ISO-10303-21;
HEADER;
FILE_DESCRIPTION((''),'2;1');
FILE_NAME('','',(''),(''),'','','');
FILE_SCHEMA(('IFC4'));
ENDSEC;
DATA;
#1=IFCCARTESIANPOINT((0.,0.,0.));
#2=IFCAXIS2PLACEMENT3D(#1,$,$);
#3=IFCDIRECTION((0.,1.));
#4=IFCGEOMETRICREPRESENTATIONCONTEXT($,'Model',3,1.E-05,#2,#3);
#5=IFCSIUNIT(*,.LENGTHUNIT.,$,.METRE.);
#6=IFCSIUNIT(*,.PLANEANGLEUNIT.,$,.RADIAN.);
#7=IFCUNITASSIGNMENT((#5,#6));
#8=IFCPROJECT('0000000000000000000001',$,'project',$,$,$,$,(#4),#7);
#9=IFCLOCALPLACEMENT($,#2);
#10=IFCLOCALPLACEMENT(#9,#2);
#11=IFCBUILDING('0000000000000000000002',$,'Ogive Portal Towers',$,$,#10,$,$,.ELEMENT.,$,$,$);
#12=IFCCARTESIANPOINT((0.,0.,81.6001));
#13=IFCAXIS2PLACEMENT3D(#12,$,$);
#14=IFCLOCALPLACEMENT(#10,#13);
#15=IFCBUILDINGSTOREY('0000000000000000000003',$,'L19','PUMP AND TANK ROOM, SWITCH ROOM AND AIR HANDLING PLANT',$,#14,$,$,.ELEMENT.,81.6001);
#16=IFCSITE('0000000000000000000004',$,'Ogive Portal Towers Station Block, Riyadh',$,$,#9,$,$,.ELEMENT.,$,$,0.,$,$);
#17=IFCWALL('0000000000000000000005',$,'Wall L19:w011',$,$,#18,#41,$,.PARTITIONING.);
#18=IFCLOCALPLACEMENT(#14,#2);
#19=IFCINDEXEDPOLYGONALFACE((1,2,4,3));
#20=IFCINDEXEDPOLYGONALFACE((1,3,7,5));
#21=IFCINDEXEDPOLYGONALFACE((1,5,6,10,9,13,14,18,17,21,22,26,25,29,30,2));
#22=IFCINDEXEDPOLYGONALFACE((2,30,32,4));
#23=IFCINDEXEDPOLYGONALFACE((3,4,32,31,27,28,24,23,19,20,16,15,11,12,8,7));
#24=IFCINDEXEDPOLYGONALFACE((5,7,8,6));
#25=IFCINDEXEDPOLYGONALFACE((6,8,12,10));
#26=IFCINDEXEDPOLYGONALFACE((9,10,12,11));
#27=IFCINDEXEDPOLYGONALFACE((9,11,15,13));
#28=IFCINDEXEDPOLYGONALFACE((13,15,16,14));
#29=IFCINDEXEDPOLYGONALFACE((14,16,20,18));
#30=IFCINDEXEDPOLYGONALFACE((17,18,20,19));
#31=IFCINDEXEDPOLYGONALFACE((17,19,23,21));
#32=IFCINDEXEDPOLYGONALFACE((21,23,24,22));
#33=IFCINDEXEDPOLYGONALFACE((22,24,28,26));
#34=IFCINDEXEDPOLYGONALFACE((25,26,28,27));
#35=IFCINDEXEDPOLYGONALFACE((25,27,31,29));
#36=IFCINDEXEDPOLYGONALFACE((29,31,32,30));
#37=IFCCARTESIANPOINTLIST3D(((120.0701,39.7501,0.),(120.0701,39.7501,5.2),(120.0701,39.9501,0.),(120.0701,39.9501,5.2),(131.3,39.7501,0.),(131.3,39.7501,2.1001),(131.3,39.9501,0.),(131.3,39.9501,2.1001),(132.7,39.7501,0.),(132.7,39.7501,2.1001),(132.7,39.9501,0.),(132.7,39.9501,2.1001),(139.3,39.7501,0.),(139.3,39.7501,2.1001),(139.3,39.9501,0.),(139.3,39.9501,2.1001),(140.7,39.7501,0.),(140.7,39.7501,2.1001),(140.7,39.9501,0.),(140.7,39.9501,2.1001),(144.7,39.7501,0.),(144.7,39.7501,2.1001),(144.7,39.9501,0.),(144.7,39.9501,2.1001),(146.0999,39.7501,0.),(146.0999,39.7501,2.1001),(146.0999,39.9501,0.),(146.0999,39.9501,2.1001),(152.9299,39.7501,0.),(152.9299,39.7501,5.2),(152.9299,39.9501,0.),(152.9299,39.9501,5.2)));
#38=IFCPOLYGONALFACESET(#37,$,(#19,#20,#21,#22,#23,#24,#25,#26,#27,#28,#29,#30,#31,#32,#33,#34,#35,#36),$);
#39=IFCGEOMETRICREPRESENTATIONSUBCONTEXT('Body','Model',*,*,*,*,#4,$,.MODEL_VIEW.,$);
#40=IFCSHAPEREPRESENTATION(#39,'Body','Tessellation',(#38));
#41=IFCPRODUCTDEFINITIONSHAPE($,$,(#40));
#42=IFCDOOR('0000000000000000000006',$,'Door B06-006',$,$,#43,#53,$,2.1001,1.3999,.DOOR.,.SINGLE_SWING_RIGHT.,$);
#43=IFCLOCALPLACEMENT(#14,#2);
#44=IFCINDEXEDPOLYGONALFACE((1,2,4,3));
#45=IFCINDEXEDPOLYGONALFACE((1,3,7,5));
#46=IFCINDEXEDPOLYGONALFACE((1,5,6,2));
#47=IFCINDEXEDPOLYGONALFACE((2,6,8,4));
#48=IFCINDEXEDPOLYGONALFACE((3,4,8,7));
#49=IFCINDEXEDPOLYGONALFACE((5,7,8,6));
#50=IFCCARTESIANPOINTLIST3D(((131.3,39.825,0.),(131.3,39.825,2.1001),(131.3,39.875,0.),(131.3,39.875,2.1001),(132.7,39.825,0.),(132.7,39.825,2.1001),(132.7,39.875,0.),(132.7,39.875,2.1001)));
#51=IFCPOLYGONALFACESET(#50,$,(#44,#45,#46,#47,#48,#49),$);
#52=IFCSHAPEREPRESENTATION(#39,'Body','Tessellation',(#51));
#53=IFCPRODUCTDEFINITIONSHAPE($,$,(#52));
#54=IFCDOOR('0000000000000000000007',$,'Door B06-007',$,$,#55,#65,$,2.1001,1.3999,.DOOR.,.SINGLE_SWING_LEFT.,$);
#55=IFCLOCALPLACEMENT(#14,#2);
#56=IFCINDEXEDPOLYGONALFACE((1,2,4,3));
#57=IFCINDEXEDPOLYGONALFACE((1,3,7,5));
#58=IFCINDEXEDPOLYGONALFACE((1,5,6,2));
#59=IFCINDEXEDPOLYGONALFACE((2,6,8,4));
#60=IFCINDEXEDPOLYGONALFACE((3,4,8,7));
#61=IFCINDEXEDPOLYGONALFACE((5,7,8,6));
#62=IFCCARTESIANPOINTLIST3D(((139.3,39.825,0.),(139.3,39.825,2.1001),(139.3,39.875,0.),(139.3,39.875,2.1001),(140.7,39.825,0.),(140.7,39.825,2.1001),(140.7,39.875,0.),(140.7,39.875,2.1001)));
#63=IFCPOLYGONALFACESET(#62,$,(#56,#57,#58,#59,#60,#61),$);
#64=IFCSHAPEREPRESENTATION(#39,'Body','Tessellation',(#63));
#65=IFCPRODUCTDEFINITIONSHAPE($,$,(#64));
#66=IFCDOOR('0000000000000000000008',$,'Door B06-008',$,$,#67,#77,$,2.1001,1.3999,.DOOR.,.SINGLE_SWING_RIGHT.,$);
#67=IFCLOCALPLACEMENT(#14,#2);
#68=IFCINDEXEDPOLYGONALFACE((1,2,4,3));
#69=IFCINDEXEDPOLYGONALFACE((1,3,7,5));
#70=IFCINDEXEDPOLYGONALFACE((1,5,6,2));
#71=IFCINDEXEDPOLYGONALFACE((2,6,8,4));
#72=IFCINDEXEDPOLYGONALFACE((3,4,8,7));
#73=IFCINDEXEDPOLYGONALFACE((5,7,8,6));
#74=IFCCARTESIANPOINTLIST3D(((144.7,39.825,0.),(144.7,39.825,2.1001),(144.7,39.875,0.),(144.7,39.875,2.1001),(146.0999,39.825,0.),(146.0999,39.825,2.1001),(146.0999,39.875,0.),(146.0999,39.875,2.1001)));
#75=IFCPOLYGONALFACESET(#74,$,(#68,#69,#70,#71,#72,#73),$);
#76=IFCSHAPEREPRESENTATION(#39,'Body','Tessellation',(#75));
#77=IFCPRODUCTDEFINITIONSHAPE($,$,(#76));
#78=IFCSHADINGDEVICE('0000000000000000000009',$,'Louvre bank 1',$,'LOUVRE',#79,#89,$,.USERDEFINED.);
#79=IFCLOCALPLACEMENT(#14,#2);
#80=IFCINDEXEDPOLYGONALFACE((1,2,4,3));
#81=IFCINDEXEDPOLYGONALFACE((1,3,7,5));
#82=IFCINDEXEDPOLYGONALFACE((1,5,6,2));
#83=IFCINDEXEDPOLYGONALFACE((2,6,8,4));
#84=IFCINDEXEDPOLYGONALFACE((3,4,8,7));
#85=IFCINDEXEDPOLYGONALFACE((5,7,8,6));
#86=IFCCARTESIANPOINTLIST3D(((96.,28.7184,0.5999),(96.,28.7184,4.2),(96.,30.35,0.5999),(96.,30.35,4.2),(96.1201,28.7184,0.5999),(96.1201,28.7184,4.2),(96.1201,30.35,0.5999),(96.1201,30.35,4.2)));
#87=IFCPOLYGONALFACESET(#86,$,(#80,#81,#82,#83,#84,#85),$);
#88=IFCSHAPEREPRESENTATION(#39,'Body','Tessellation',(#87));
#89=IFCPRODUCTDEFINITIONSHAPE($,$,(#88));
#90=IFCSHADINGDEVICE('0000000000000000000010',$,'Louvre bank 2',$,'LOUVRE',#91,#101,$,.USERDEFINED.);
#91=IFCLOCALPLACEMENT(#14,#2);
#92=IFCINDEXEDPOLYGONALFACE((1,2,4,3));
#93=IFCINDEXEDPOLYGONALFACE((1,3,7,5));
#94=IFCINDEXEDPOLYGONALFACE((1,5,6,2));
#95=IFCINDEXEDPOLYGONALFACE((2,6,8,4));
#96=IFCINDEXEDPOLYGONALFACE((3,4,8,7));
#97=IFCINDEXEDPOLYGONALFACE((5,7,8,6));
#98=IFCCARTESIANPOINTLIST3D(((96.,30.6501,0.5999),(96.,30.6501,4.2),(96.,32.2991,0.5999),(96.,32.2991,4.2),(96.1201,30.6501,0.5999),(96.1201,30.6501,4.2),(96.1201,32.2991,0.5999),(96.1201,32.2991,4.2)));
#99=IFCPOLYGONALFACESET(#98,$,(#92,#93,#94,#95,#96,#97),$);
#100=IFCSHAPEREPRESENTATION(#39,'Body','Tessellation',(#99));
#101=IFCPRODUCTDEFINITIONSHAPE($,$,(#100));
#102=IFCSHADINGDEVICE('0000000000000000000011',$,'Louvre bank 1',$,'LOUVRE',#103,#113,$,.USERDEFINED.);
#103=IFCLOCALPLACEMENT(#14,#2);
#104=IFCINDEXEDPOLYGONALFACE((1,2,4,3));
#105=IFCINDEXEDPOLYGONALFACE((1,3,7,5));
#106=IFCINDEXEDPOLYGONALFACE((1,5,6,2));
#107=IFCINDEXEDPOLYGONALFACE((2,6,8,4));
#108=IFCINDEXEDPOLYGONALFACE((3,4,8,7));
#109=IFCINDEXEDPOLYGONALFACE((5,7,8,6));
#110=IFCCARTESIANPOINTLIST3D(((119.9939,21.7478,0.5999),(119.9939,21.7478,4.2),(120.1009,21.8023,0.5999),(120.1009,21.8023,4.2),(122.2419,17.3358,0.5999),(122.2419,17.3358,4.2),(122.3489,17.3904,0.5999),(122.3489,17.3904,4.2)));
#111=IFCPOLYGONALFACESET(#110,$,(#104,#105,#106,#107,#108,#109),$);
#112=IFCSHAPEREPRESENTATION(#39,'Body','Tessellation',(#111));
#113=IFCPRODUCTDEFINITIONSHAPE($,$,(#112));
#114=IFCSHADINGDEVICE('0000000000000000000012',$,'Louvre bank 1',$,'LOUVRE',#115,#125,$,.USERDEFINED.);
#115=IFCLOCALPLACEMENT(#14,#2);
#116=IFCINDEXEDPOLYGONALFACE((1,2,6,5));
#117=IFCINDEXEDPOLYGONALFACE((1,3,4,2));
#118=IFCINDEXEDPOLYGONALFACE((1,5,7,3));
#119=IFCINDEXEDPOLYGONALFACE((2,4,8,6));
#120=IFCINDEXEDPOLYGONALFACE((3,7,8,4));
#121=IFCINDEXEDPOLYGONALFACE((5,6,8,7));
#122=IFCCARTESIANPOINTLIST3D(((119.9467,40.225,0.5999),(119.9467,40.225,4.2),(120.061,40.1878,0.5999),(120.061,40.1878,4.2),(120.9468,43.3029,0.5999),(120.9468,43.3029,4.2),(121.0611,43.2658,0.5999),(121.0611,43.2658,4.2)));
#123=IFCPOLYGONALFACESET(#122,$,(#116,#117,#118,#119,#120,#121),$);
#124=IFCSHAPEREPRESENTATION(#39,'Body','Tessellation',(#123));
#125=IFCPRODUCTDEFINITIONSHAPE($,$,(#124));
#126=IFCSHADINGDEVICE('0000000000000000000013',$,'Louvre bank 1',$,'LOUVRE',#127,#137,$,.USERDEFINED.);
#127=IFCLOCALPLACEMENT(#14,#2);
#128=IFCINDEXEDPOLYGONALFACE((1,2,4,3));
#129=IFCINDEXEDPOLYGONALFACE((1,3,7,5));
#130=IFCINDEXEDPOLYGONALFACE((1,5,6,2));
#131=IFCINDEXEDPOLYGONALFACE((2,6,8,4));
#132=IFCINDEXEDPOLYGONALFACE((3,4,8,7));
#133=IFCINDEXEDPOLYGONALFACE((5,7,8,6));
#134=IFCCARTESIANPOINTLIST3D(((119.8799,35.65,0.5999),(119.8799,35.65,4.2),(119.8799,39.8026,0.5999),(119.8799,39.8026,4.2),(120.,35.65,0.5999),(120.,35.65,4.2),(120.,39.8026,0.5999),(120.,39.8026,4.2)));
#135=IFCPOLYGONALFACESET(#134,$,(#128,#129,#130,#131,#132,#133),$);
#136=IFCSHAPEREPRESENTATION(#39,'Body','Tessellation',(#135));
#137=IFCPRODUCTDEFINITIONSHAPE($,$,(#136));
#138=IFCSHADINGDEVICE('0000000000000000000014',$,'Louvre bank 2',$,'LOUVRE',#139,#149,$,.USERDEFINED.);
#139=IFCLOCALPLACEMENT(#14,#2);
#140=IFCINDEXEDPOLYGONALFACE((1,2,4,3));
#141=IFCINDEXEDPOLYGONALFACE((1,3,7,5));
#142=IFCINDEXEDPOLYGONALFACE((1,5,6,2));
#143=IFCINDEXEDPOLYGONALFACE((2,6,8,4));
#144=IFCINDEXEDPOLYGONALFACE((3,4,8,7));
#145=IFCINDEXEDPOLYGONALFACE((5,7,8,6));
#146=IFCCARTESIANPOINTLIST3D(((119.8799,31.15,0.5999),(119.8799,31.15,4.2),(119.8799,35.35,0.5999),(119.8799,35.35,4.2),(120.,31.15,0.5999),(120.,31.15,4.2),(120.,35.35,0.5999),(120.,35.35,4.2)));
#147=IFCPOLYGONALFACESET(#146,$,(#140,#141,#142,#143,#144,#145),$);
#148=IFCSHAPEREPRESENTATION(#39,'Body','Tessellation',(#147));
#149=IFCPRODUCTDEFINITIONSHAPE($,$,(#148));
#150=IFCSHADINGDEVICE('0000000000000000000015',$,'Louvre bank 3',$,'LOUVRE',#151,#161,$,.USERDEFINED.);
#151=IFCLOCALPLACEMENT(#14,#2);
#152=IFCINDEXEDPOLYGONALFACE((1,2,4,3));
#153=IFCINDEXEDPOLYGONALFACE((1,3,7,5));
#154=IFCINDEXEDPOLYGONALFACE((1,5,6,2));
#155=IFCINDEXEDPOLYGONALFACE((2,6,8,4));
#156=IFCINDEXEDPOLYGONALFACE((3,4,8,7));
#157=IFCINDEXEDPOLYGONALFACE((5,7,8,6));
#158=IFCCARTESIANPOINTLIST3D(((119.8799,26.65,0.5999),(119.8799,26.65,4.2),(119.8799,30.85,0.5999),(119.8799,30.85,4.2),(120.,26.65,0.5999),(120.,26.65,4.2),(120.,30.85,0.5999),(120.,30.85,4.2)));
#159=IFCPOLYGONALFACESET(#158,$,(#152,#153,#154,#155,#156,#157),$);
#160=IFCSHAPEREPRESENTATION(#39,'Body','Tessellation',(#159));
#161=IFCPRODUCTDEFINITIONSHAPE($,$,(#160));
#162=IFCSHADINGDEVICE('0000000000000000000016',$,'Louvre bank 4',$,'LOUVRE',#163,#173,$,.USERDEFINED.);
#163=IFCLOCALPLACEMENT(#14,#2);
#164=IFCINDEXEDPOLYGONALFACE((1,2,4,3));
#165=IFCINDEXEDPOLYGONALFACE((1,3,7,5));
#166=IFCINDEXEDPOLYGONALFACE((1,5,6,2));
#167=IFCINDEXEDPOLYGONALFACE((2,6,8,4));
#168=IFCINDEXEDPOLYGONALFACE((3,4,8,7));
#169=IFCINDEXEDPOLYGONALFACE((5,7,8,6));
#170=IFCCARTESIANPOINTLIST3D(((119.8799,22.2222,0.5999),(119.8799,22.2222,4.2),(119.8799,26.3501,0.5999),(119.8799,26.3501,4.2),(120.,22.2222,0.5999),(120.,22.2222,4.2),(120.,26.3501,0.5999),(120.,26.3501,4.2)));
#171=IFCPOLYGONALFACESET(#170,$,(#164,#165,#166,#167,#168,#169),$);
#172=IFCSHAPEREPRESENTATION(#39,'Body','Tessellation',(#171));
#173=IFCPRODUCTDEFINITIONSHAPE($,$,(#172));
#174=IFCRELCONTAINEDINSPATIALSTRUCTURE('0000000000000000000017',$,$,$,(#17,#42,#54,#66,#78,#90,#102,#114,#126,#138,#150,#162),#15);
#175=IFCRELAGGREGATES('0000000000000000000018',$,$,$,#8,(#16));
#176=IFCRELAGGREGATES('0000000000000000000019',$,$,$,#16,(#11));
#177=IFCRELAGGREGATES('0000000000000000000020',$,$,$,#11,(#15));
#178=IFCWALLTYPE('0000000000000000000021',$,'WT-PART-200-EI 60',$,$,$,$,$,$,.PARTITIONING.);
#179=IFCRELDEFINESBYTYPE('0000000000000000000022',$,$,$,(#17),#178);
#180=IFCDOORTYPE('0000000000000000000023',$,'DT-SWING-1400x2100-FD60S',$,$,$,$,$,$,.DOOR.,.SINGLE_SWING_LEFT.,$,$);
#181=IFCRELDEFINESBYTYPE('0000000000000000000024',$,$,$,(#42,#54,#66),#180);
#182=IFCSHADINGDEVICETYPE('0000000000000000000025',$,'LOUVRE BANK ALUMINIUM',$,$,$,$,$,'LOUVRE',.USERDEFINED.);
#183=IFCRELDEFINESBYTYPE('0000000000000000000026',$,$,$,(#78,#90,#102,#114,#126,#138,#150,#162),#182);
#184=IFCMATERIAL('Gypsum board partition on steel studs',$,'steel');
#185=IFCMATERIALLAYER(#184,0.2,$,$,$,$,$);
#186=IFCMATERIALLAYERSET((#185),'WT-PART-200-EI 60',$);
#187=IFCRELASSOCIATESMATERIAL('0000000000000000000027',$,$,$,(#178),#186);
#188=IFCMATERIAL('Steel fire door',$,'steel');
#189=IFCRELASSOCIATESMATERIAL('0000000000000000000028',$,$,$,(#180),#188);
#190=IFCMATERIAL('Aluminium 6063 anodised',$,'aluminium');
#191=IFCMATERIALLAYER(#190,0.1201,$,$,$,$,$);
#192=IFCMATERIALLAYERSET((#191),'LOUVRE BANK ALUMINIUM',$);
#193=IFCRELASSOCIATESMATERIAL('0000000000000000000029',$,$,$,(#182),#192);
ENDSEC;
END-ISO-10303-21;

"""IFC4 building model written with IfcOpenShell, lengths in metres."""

from ifc_helpers import new_model, si_unit, direction, frame, frame_2d, origin, origin_2d, place, context, subcontext, project, spatial, rectangle, extrude, material, layer, layer_set, type_object, element, fill, save


model = new_model("IFC4")

# Units and contexts
model_context = context("Model", 3, precision=1e-05, world=origin(), true_north=direction((0.0, 1.0)))
body_context = subcontext(model_context, "Body", "Model", "MODEL_VIEW")
ifc_project = project(units=[si_unit("LENGTHUNIT", "METRE"), si_unit("PLANEANGLEUNIT", "RADIAN")], contexts=[model_context])

# Site, building, storey
site_placement = place(None, origin())
site = spatial("IfcSite", under=ifc_project, at=site_placement, Name="Ogive Portal Towers Station Block, Riyadh", CompositionType="ELEMENT", RefElevation=0.0)
building_placement = place(site_placement, origin())
building = spatial("IfcBuilding", under=site, at=building_placement, Name="Ogive Portal Towers", CompositionType="ELEMENT")
storey_placement = place(building_placement, frame((0.0, 0.0, 81.6001)))
storey = spatial("IfcBuildingStorey", under=building, at=storey_placement, Name="L19", Description="PUMP AND TANK ROOM, SWITCH ROOM AND AIR HANDLING PLANT", CompositionType="ELEMENT", Elevation=81.6001)

# Wall, openings, doors
ifc_material_1 = material(Name="Steel fire door", Category="steel")
ifc_material_2 = material(Name="Gypsum board partition on steel studs", Category="steel")
ifc_layer_1 = layer(ifc_material_2, 0.2)
ifc_layer_set_1 = layer_set([ifc_layer_1], Name="WT-PART-200-EI 60")
wall_type_1 = type_object("IfcWallType", Name="WT-PART-200-EI 60", PredefinedType="PARTITIONING", material=ifc_layer_set_1)
wall_1_placement = place(storey_placement, frame((120.0701, 39.8501, 0.0), z_axis=(0.0, 0.0, 1.0), x_axis=(1.0, 0.0, 0.0)))
wall_1 = element("IfcWall", 1, at=wall_1_placement, inside=storey, type_object=wall_type_1, Name="Wall L19:w011", PredefinedType="PARTITIONING", context=body_context, shape_type="SweptSolid", body=[
    extrude(rectangle(XDim=32.8599, YDim=0.2, at=frame_2d((16.4299, 0.0))), origin(), (0.0, 0.0, 1.0), 5.2),
])
opening_1_placement = place(wall_1_placement, frame((11.23, 0.0, 0.0)))
opening_1 = element("IfcOpeningElement", 2, at=opening_1_placement, cuts=wall_1, PredefinedType="OPENING", context=body_context, shape_type="SweptSolid", body=[
    extrude(rectangle(XDim=1.3999, YDim=2.1001, at=frame_2d((0.7, 1.05))), frame((0.0, 0.1099, 0.0), z_axis=(0.0, -1.0, 0.0), x_axis=(1.0, 0.0, 0.0)), (0.0, 0.0, 1.0), 0.22),
])
opening_2_placement = place(wall_1_placement, frame((19.23, 0.0, 0.0)))
opening_2 = element("IfcOpeningElement", 3, at=opening_2_placement, cuts=wall_1, PredefinedType="OPENING", context=body_context, shape_type="SweptSolid", body=[
    extrude(rectangle(XDim=1.3999, YDim=2.1001, at=frame_2d((0.7, 1.05))), frame((0.0, 0.1099, 0.0), z_axis=(0.0, -1.0, 0.0), x_axis=(1.0, 0.0, 0.0)), (0.0, 0.0, 1.0), 0.22),
])
opening_3_placement = place(wall_1_placement, frame((24.6299, 0.0, 0.0)))
opening_3 = element("IfcOpeningElement", 4, at=opening_3_placement, cuts=wall_1, PredefinedType="OPENING", context=body_context, shape_type="SweptSolid", body=[
    extrude(rectangle(XDim=1.3999, YDim=2.1001, at=frame_2d((0.7, 1.05))), frame((0.0, 0.1099, 0.0), z_axis=(0.0, -1.0, 0.0), x_axis=(1.0, 0.0, 0.0)), (0.0, 0.0, 1.0), 0.22),
])
door_type_1 = type_object("IfcDoorType", Name="DT-SWING-1400x2100-FD60S", OperationType="SINGLE_SWING_LEFT", PredefinedType="DOOR", material=ifc_material_1)
door_1_placement = place(opening_1_placement, origin())
door_1 = element("IfcDoor", 5, at=door_1_placement, inside=storey, type_object=door_type_1, Name="Door B06-006", OperationType="SINGLE_SWING_RIGHT", OverallHeight=2.1001, OverallWidth=1.3999, PredefinedType="DOOR", context=body_context, shape_type="SweptSolid", body=[
    extrude(rectangle(XDim=1.3999, YDim=2.1001, at=frame_2d((0.7, 1.05))), frame((0.0, 0.0249, 0.0), z_axis=(0.0, -1.0, 0.0), x_axis=(1.0, 0.0, 0.0)), (0.0, 0.0, 1.0), 0.05),
])
fill(opening_1, door_1)
door_2_placement = place(opening_2_placement, origin())
door_2 = element("IfcDoor", 6, at=door_2_placement, inside=storey, type_object=door_type_1, Name="Door B06-007", OperationType="SINGLE_SWING_LEFT", OverallHeight=2.1001, OverallWidth=1.3999, PredefinedType="DOOR", context=body_context, shape_type="SweptSolid", body=[
    extrude(rectangle(XDim=1.3999, YDim=2.1001, at=frame_2d((0.7, 1.05))), frame((0.0, 0.0249, 0.0), z_axis=(0.0, -1.0, 0.0), x_axis=(1.0, 0.0, 0.0)), (0.0, 0.0, 1.0), 0.05),
])
fill(opening_2, door_2)
door_3_placement = place(opening_3_placement, origin())
door_3 = element("IfcDoor", 7, at=door_3_placement, inside=storey, type_object=door_type_1, Name="Door B06-008", OperationType="SINGLE_SWING_RIGHT", OverallHeight=2.1001, OverallWidth=1.3999, PredefinedType="DOOR", context=body_context, shape_type="SweptSolid", body=[
    extrude(rectangle(XDim=1.3999, YDim=2.1001, at=frame_2d((0.7, 1.05))), frame((0.0, 0.0249, 0.0), z_axis=(0.0, -1.0, 0.0), x_axis=(1.0, 0.0, 0.0)), (0.0, 0.0, 1.0), 0.05),
])
fill(opening_3, door_3)

# Shading devices
ifc_material_3 = material(Name="Aluminium 6063 anodised", Category="aluminium")
ifc_layer_2 = layer(ifc_material_3, 0.1201)
ifc_layer_set_2 = layer_set([ifc_layer_2], Name="LOUVRE BANK ALUMINIUM")
shading_device_type = type_object("IfcShadingDeviceType", Name="LOUVRE BANK ALUMINIUM", ElementType="LOUVRE", PredefinedType="USERDEFINED", material=ifc_layer_set_2)
shading_device_1_placement = place(storey_placement, frame((96.0601, 29.5342, 0.5999), z_axis=(0.0, 0.0, 1.0), x_axis=(0.0, 1.0, 0.0)))
element("IfcShadingDevice", 8, at=shading_device_1_placement, inside=storey, type_object=shading_device_type, Name="Louvre bank 1", ObjectType="LOUVRE", PredefinedType="USERDEFINED", context=body_context, shape_type="SweptSolid", body=[
    extrude(rectangle(XDim=1.6316, YDim=0.1201, at=origin_2d()), origin(), (0.0, 0.0, 1.0), 3.6001),
])
shading_device_2_placement = place(storey_placement, frame((96.0601, 31.4746, 0.5999), z_axis=(0.0, 0.0, 1.0), x_axis=(0.0, 1.0, 0.0)))
element("IfcShadingDevice", 9, at=shading_device_2_placement, inside=storey, type_object=shading_device_type, Name="Louvre bank 2", ObjectType="LOUVRE", PredefinedType="USERDEFINED", context=body_context, shape_type="SweptSolid", body=[
    extrude(rectangle(XDim=1.6489, YDim=0.1201, at=origin_2d()), origin(), (0.0, 0.0, 1.0), 3.6001),
])
shading_device_3_placement = place(storey_placement, frame((121.1714, 19.5691, 0.5999), z_axis=(0.0, 0.0, 1.0), x_axis=(0.45399, -0.891007, 0.0)))
element("IfcShadingDevice", 10, at=shading_device_3_placement, inside=storey, type_object=shading_device_type, Name="Louvre bank 1", ObjectType="LOUVRE", PredefinedType="USERDEFINED", context=body_context, shape_type="SweptSolid", body=[
    extrude(rectangle(XDim=4.9517, YDim=0.1201, at=origin_2d()), origin(), (0.0, 0.0, 1.0), 3.6001),
])
shading_device_4_placement = place(storey_placement, frame((120.5039, 41.7454, 0.5999), z_axis=(0.0, 0.0, 1.0), x_axis=(-0.309017, -0.951057, 0.0)))
element("IfcShadingDevice", 11, at=shading_device_4_placement, inside=storey, type_object=shading_device_type, Name="Louvre bank 1", ObjectType="LOUVRE", PredefinedType="USERDEFINED", context=body_context, shape_type="SweptSolid", body=[
    extrude(rectangle(XDim=3.2363, YDim=0.1201, at=origin_2d()), origin(), (0.0, 0.0, 1.0), 3.6001),
])
shading_device_5_placement = place(storey_placement, frame((119.9399, 37.7263, 0.5999), z_axis=(0.0, 0.0, 1.0), x_axis=(0.0, -1.0, 0.0)))
element("IfcShadingDevice", 12, at=shading_device_5_placement, inside=storey, type_object=shading_device_type, Name="Louvre bank 1", ObjectType="LOUVRE", PredefinedType="USERDEFINED", context=body_context, shape_type="SweptSolid", body=[
    extrude(rectangle(XDim=4.1526, YDim=0.1201, at=origin_2d()), origin(), (0.0, 0.0, 1.0), 3.6001),
])
for number, where, z_axis, x_axis, name in (
    (13, (119.9399, 33.25, 0.5999), (0.0, 0.0, 1.0), (0.0, -1.0, 0.0), "Louvre bank 2"),
    (14, (119.9399, 28.75, 0.5999), (0.0, 0.0, 1.0), (0.0, -1.0, 0.0), "Louvre bank 3"),
):
    element("IfcShadingDevice", number, at=place(storey_placement, frame(where, z_axis=z_axis, x_axis=x_axis)), inside=storey, type_object=shading_device_type, Name=name, ObjectType="LOUVRE", PredefinedType="USERDEFINED", context=body_context, shape_type="SweptSolid", body=[
        extrude(rectangle(XDim=4.2, YDim=0.1201, at=origin_2d()), origin(), (0.0, 0.0, 1.0), 3.6001),
    ])
shading_device_6_placement = place(storey_placement, frame((119.9399, 24.2861, 0.5999), z_axis=(0.0, 0.0, 1.0), x_axis=(0.0, -1.0, 0.0)))
element("IfcShadingDevice", 15, at=shading_device_6_placement, inside=storey, type_object=shading_device_type, Name="Louvre bank 4", ObjectType="LOUVRE", PredefinedType="USERDEFINED", context=body_context, shape_type="SweptSolid", body=[
    extrude(rectangle(XDim=4.1279, YDim=0.1201, at=origin_2d()), origin(), (0.0, 0.0, 1.0), 3.6001),
])

save(model, "model.ifc")
